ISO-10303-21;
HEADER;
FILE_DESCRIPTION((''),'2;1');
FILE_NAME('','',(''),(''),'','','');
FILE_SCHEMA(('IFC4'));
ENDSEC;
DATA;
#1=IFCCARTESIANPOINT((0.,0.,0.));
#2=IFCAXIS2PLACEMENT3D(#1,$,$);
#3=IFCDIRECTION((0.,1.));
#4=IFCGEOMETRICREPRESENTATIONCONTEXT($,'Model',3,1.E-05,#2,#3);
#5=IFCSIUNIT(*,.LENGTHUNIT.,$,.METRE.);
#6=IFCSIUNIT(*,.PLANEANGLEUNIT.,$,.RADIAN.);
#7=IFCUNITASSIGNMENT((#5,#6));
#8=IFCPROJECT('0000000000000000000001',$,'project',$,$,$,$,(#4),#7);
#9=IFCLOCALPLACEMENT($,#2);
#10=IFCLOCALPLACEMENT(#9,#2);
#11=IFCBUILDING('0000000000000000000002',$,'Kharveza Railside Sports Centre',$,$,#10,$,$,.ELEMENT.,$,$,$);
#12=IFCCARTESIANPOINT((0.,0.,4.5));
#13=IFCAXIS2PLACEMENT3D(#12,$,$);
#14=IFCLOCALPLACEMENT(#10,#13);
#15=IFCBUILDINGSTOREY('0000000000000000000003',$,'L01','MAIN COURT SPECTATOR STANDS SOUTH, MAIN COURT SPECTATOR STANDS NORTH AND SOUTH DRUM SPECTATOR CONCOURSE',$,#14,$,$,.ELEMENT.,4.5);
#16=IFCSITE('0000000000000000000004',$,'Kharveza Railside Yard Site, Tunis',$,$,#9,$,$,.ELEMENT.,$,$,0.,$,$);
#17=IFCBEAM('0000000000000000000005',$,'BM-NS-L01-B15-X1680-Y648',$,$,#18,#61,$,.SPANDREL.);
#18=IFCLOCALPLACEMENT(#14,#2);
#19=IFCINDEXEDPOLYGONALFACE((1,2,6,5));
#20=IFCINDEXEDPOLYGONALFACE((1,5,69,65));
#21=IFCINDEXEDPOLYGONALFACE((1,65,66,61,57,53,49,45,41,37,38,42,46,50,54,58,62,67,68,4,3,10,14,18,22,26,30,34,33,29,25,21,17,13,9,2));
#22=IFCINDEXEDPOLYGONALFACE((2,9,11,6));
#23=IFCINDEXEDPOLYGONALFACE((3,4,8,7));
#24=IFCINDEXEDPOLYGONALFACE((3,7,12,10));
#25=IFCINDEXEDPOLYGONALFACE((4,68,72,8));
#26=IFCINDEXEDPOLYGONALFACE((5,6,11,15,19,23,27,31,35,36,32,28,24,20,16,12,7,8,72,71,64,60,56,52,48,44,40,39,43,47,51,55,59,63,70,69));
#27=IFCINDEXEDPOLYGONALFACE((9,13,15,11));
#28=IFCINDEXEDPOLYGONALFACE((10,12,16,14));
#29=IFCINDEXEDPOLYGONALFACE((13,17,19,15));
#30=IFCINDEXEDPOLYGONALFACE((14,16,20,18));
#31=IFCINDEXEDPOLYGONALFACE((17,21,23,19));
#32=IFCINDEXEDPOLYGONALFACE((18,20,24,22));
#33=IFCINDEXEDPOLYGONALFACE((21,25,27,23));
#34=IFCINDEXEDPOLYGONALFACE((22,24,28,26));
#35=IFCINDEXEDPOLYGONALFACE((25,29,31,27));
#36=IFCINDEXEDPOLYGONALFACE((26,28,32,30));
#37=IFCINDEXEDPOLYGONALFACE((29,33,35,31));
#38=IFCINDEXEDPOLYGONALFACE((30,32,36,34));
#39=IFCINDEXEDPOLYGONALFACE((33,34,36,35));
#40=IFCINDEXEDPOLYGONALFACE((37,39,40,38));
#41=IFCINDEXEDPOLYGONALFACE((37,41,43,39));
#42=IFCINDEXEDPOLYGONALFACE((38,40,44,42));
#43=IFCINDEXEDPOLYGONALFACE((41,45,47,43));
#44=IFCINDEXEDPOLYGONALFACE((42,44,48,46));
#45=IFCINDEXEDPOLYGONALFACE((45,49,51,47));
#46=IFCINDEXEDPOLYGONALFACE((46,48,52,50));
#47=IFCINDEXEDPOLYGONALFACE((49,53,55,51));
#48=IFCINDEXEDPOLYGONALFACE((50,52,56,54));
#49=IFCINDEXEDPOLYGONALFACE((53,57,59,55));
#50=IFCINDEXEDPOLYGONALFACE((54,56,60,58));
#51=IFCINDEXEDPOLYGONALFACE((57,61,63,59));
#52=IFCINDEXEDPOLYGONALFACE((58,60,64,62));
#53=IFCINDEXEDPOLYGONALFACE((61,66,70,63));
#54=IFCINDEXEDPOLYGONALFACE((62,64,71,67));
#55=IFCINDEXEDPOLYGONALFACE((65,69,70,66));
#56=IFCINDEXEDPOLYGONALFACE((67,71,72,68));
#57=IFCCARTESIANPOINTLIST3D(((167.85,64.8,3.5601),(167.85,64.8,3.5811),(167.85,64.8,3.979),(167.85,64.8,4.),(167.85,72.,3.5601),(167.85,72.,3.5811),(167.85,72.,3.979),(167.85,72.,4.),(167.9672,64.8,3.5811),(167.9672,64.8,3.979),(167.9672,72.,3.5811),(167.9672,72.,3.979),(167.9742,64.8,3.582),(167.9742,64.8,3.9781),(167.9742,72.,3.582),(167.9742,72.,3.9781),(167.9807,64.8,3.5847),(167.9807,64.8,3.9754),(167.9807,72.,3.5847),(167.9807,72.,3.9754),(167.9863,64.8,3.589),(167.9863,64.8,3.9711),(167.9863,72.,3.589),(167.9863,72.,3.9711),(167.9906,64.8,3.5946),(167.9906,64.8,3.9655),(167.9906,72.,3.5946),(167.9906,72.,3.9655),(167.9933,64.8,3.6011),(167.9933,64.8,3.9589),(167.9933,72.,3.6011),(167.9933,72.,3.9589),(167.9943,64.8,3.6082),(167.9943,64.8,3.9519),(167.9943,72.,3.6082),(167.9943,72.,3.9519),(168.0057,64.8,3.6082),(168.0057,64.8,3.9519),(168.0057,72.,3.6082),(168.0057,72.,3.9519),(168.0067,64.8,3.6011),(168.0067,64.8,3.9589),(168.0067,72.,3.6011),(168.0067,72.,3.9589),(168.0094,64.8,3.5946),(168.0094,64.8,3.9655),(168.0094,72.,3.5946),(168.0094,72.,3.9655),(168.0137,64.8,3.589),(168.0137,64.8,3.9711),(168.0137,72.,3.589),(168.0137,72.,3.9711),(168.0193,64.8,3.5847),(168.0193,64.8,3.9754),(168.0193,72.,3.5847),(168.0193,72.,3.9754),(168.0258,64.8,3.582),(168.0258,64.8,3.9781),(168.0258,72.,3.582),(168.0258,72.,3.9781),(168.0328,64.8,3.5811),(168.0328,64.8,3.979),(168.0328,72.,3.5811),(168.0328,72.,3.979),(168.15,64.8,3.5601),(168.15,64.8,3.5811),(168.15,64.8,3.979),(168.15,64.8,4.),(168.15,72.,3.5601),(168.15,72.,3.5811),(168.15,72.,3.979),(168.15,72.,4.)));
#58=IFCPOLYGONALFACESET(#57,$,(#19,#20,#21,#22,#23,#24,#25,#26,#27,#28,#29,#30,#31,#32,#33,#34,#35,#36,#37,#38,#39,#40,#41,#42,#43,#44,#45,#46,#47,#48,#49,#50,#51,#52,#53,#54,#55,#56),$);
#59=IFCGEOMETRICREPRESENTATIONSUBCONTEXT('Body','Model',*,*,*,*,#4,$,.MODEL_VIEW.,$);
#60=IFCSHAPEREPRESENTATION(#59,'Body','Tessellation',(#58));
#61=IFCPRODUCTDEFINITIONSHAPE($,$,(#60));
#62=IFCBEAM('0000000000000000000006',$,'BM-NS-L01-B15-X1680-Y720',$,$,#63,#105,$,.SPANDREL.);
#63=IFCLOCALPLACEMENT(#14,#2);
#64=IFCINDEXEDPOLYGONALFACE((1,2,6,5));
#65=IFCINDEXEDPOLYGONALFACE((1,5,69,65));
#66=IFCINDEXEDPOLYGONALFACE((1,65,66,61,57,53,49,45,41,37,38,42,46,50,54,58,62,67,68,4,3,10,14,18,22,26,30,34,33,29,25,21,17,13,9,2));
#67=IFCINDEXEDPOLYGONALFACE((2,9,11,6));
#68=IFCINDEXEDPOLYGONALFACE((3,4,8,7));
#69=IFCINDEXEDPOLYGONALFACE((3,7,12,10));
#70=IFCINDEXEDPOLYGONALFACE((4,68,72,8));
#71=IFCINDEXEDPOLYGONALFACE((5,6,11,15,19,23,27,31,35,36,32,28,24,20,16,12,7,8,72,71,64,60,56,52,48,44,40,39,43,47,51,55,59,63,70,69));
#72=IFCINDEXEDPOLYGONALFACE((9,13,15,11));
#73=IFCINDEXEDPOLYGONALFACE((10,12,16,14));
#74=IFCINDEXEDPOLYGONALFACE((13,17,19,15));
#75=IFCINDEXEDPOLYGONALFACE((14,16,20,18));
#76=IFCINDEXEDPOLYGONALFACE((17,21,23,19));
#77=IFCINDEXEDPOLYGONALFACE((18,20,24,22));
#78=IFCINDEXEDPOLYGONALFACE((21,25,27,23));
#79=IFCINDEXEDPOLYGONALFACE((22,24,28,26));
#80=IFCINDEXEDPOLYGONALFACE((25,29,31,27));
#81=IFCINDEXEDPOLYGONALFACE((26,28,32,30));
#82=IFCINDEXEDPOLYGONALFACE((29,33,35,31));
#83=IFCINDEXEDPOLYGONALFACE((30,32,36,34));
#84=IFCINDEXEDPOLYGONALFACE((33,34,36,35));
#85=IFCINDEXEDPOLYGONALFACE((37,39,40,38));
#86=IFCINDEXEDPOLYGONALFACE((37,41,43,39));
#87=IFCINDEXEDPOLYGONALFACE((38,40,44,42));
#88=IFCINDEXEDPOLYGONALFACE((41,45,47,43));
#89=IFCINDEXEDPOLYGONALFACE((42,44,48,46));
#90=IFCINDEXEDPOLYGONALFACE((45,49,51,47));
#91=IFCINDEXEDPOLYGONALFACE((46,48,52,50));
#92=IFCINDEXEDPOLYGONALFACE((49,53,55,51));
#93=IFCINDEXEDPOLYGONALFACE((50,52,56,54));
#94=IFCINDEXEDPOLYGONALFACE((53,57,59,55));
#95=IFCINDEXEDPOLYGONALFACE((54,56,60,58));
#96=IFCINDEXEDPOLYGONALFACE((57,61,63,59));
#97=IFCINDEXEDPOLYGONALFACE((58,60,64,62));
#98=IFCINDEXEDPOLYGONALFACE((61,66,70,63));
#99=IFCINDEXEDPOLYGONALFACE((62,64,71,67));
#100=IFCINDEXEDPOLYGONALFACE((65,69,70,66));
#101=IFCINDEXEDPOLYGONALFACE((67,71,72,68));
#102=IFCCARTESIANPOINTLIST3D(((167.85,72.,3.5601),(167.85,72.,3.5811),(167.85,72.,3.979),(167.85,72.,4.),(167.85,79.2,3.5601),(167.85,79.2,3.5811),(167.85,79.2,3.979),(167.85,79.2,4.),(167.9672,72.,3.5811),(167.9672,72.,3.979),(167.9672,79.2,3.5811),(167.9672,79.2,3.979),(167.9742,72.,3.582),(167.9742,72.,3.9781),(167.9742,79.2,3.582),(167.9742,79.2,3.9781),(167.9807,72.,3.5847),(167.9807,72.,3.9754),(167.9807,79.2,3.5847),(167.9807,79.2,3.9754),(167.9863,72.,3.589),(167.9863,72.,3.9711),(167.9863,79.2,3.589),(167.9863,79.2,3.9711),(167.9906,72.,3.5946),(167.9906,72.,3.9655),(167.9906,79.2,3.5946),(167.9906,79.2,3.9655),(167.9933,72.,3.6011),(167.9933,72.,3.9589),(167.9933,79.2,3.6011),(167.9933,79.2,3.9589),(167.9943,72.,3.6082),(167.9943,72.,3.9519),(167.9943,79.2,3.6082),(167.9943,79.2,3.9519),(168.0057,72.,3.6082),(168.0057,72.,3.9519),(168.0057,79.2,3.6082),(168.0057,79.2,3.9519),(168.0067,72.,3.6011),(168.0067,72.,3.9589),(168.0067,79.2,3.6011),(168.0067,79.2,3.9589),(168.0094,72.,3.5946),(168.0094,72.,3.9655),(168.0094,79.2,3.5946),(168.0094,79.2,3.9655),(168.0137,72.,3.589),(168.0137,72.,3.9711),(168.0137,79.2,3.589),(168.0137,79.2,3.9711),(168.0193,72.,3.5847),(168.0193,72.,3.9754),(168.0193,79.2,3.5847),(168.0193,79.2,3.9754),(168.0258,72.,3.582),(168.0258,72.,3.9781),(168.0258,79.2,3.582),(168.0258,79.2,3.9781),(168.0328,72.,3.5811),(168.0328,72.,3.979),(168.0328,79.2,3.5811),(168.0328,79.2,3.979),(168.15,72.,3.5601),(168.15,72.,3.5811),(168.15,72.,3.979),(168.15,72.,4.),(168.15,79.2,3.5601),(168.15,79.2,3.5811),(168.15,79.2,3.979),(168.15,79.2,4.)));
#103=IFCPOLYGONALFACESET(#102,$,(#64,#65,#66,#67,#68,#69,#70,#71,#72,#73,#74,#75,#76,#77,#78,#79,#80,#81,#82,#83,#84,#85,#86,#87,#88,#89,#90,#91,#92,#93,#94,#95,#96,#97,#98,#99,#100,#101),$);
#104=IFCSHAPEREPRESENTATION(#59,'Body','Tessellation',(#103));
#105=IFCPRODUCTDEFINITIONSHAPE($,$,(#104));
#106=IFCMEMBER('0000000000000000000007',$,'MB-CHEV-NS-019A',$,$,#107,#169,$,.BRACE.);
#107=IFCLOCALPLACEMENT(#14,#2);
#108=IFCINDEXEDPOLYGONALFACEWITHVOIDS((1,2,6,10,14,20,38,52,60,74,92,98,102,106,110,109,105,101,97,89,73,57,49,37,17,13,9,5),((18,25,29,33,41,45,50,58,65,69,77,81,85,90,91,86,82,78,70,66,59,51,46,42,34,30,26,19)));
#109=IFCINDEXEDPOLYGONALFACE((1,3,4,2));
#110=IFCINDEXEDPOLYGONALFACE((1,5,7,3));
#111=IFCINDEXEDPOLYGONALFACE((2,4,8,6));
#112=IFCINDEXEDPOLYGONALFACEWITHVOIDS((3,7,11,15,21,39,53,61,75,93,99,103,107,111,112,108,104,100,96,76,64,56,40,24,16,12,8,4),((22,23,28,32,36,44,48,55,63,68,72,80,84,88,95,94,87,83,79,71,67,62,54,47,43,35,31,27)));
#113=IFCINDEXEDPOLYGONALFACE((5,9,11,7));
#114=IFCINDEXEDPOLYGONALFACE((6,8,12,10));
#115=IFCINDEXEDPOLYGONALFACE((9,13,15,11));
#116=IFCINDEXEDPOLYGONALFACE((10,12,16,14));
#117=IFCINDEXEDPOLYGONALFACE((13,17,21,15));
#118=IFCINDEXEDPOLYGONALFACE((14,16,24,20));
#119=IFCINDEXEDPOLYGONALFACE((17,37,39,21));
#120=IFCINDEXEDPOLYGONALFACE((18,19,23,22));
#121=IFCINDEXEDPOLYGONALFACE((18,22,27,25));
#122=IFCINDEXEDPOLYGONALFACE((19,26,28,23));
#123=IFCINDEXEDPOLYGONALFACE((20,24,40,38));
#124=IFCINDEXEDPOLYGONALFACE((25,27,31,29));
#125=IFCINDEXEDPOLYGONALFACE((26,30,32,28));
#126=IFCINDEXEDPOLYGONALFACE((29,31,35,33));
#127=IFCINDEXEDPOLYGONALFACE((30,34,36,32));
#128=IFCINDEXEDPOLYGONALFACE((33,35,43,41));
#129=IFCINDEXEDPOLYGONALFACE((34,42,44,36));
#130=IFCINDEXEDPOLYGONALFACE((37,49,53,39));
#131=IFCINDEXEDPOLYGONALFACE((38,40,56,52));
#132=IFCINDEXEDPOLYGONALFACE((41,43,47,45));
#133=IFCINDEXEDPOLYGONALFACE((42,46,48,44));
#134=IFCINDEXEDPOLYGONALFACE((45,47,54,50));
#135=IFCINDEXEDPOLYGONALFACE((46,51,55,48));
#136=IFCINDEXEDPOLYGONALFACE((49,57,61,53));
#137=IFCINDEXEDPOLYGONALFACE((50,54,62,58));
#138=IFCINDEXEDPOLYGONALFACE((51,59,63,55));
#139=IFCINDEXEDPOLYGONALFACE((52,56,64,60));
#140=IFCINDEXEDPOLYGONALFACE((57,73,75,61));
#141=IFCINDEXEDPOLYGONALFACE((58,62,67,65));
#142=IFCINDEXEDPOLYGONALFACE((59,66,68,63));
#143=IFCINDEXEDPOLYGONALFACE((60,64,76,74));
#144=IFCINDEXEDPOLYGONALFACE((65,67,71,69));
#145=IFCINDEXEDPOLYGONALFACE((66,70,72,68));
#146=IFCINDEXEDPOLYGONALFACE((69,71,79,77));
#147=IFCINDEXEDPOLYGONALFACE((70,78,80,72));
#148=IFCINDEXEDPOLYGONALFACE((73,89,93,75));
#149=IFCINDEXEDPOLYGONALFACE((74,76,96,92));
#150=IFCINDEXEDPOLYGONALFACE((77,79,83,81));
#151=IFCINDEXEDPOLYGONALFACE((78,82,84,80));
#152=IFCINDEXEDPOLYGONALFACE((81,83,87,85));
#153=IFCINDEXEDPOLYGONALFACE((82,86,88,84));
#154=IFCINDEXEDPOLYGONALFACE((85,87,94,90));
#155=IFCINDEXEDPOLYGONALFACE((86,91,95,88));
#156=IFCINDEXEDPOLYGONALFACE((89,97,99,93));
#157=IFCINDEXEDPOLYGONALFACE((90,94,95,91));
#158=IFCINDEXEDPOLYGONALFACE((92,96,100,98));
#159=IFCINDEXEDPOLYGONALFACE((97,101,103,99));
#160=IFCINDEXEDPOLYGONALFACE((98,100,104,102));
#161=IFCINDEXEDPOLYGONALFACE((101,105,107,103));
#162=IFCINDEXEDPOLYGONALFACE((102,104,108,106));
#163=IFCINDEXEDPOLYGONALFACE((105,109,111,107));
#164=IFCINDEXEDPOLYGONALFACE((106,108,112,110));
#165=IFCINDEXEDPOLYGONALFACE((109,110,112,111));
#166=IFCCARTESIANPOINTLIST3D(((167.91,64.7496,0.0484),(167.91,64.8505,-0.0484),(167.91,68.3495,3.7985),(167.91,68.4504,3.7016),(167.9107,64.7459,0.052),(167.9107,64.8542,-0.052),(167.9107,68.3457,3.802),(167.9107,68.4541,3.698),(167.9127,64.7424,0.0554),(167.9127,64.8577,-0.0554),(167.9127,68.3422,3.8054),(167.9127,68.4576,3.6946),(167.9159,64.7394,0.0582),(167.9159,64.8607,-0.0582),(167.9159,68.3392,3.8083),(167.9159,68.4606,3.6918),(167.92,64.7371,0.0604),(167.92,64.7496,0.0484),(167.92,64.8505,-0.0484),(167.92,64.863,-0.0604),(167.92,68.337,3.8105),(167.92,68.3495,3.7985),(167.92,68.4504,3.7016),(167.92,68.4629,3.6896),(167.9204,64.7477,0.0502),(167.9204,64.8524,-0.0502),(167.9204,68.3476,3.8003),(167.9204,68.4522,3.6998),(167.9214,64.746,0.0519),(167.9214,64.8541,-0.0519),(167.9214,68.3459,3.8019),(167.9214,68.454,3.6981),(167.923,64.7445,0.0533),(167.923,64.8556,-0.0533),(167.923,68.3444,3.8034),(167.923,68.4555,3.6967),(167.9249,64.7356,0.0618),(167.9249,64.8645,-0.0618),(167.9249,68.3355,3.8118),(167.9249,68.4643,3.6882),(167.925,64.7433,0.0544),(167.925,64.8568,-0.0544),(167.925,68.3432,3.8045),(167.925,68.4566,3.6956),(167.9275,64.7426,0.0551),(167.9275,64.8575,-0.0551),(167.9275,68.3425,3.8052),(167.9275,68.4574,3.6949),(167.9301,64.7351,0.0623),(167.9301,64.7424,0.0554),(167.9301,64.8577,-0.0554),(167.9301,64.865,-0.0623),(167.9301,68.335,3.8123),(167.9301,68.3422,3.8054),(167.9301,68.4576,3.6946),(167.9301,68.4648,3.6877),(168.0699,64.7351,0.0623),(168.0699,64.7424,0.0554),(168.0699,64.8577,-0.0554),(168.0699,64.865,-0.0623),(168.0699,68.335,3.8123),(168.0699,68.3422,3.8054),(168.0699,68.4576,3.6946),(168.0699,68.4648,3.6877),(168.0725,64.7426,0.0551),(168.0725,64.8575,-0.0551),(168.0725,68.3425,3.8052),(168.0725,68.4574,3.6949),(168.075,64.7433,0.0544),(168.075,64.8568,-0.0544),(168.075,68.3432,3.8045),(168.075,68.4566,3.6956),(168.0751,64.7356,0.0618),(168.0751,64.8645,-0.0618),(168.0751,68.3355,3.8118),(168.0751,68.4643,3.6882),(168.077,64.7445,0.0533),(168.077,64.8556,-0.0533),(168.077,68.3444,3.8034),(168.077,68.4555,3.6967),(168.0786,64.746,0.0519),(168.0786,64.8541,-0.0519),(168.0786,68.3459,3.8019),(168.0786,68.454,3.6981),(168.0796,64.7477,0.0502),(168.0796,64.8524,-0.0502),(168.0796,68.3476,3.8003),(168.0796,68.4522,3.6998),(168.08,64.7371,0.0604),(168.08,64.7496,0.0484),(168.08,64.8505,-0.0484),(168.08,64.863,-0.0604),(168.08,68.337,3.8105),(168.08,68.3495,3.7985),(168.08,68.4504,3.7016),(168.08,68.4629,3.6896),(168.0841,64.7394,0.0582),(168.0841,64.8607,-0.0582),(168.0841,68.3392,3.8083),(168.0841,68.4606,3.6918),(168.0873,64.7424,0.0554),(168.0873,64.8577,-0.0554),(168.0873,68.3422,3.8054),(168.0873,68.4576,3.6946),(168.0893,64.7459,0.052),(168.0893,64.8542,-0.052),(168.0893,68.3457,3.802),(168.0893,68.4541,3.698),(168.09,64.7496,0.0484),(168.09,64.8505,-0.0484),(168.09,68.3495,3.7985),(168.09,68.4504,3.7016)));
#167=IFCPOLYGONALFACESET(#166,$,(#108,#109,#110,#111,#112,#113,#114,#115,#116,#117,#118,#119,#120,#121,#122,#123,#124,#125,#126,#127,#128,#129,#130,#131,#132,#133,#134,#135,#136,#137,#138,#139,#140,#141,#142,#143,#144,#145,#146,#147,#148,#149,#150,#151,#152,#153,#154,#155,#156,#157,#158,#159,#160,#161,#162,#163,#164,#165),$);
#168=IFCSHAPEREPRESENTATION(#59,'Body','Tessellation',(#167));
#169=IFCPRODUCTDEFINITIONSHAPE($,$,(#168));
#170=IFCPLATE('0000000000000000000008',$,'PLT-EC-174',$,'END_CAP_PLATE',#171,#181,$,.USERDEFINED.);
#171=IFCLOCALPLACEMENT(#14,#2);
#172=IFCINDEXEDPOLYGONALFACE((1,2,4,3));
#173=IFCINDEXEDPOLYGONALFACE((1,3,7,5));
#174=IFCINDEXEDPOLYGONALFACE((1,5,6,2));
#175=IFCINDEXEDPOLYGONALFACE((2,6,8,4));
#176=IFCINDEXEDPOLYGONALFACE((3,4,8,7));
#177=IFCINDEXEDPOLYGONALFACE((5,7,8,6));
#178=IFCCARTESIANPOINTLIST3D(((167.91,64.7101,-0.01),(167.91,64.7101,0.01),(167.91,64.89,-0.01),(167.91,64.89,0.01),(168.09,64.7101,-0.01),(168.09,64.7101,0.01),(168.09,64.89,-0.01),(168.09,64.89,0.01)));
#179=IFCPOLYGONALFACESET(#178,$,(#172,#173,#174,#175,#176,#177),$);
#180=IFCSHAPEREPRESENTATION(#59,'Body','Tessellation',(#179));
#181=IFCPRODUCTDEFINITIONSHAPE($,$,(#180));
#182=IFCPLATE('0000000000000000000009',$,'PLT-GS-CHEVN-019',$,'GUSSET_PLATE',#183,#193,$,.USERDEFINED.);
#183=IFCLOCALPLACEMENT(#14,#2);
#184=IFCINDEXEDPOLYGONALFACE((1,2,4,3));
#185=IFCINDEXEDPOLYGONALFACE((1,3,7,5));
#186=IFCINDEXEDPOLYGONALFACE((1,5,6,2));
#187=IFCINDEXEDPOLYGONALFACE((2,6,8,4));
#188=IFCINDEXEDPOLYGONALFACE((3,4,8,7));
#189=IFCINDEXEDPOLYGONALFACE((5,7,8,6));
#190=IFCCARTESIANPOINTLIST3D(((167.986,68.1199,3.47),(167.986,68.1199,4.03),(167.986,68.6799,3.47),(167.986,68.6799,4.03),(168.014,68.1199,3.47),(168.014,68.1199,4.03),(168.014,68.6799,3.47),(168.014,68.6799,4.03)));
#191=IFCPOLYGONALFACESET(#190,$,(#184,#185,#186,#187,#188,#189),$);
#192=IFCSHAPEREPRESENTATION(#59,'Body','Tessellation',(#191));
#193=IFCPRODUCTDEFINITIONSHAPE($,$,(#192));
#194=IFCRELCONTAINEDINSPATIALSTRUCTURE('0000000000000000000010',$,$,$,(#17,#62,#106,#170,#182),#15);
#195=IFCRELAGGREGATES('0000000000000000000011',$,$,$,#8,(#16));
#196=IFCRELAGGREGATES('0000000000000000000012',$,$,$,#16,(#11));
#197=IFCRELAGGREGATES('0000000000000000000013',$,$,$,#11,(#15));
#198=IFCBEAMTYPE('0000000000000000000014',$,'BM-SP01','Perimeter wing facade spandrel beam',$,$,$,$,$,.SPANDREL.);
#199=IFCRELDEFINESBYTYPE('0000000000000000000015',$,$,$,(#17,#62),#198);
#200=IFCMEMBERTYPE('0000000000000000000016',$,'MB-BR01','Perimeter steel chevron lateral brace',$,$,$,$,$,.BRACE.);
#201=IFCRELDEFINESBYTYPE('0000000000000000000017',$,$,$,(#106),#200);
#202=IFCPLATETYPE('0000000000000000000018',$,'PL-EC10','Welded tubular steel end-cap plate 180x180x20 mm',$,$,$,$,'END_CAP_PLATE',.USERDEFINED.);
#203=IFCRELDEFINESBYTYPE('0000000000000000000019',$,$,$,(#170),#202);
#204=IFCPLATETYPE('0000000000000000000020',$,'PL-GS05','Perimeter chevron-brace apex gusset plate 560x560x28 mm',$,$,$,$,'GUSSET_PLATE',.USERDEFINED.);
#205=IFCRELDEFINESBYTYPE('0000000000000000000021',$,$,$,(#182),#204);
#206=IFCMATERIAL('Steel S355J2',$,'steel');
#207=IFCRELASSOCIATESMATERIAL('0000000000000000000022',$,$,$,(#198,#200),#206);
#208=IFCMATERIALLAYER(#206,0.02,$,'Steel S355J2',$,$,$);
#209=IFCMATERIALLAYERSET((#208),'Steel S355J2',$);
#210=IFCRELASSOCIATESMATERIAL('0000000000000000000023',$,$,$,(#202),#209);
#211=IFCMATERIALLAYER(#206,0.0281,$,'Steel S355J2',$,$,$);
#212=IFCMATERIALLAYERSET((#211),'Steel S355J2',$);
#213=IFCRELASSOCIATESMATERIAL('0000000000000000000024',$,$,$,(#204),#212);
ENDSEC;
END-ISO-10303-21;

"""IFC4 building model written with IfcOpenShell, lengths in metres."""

from ifc_helpers import new_model, si_unit, direction, frame, origin, origin_2d, place, context, subcontext, project, spatial, rectangle, hollow_rectangle, i_section, extrude, material, layer, layer_set, material_profile, profile_set, type_object, element, save


model = new_model("IFC4")

# Units and contexts
model_context = context("Model", 3, precision=1e-05, world=origin(), true_north=direction((0.0, 1.0)))
body_context = subcontext(model_context, "Body", "Model", "MODEL_VIEW")
ifc_project = project(units=[si_unit("LENGTHUNIT", "METRE"), si_unit("PLANEANGLEUNIT", "RADIAN")], contexts=[model_context])

# Site, building, storey
site_placement = place(None, origin())
site = spatial("IfcSite", under=ifc_project, at=site_placement, Name="Kharveza Railside Yard Site, Tunis", CompositionType="ELEMENT", RefElevation=0.0)
building_placement = place(site_placement, origin())
building = spatial("IfcBuilding", under=site, at=building_placement, Name="Kharveza Railside Sports Centre", CompositionType="ELEMENT")
storey_placement = place(building_placement, frame((0.0, 0.0, 4.5)))
storey = spatial("IfcBuildingStorey", under=building, at=storey_placement, Name="L01", Description="MAIN COURT SPECTATOR STANDS SOUTH, MAIN COURT SPECTATOR STANDS NORTH AND SOUTH DRUM SPECTATOR CONCOURSE", CompositionType="ELEMENT", Elevation=4.5)

# Shared definitions
ifc_material_1 = material(Name="Steel S355J2", Category="steel")

# Beams
ifc_material_profile_1 = material_profile(ifc_material_1, i_section(OverallWidth=0.3, OverallDepth=0.4399, WebThickness=0.0115, FlangeThickness=0.021, FilletRadius=0.0271, at=origin_2d()), Name="HEA 450")
ifc_profile_set_1 = profile_set([ifc_material_profile_1], Name="Steel S355J2")
beam_type_1 = type_object("IfcBeamType", Name="BM-SP01", Description="Perimeter wing facade spandrel beam", PredefinedType="SPANDREL", material=ifc_profile_set_1)
for number, where, z_axis, x_axis, name in (
    (1, (168.0, 64.8, 3.78), (0.0, 1.0, 0.0), (-1.0, 0.0, 0.0), "BM-NS-L01-B15-X1680-Y648"),
    (2, (168.0, 72.0, 3.78), (0.0, 1.0, 0.0), (-1.0, 0.0, 0.0), "BM-NS-L01-B15-X1680-Y720"),
):
    element("IfcBeam", number, at=place(storey_placement, frame(where, z_axis=z_axis, x_axis=x_axis)), inside=storey, type_object=beam_type_1, Name=name, PredefinedType="SPANDREL", context=body_context, shape_type="SweptSolid", body=[
        extrude(i_section(OverallWidth=0.3, OverallDepth=0.4399, WebThickness=0.0115, FlangeThickness=0.021, FilletRadius=0.0271, at=origin_2d()), origin(), (0.0, 0.0, 1.0), 7.2),
    ])

# Member
ifc_material_profile_2 = material_profile(ifc_material_1, hollow_rectangle(XDim=0.1799, YDim=0.1799, WallThickness=0.01, InnerFilletRadius=0.01, OuterFilletRadius=0.02, at=origin_2d()), Name="SHS 180x180x10.0")
ifc_profile_set_2 = profile_set([ifc_material_profile_2], Name="Steel S355J2")
member_type = type_object("IfcMemberType", Name="MB-BR01", Description="Perimeter steel chevron lateral brace", PredefinedType="BRACE", material=ifc_profile_set_2)
member_placement = place(storey_placement, frame((168.0, 64.8, 0.0), z_axis=(0.0, 0.692517, 0.721401), x_axis=(-1.0, 0.0, 0.0)))
element("IfcMember", 3, at=member_placement, inside=storey, type_object=member_type, Name="MB-CHEV-NS-019A", PredefinedType="BRACE", context=body_context, shape_type="SweptSolid", body=[
    extrude(hollow_rectangle(XDim=0.1799, YDim=0.1799, WallThickness=0.01, InnerFilletRadius=0.01, OuterFilletRadius=0.02, at=origin_2d()), origin(), (0.0, 0.0, 1.0), 5.1982),
])

# Plates
ifc_layer_1 = layer(ifc_material_1, 0.02, Name="Steel S355J2")
ifc_layer_set_1 = layer_set([ifc_layer_1], Name="Steel S355J2")
plate_type_1 = type_object("IfcPlateType", Name="PL-EC10", Description="Welded tubular steel end-cap plate 180x180x20 mm", ElementType="END_CAP_PLATE", PredefinedType="USERDEFINED", material=ifc_layer_set_1)
plate_1_placement = place(storey_placement, frame((168.0, 64.8, -0.01), z_axis=(0.0, 0.0, 1.0), x_axis=(1.0, 0.0, 0.0)))
element("IfcPlate", 4, at=plate_1_placement, inside=storey, type_object=plate_type_1, Name="PLT-EC-174", ObjectType="END_CAP_PLATE", PredefinedType="USERDEFINED", context=body_context, shape_type="SweptSolid", body=[
    extrude(rectangle(XDim=0.1799, YDim=0.1799, at=origin_2d()), origin(), (0.0, 0.0, 1.0), 0.02),
])
ifc_layer_2 = layer(ifc_material_1, 0.0281, Name="Steel S355J2")
ifc_layer_set_2 = layer_set([ifc_layer_2], Name="Steel S355J2")
plate_type_2 = type_object("IfcPlateType", Name="PL-GS05", Description="Perimeter chevron-brace apex gusset plate 560x560x28 mm", ElementType="GUSSET_PLATE", PredefinedType="USERDEFINED", material=ifc_layer_set_2)
plate_2_placement = place(storey_placement, frame((168.0, 68.3999, 3.47), z_axis=(0.0, 0.0, 1.0), x_axis=(1.0, 0.0, 0.0)))
element("IfcPlate", 5, at=plate_2_placement, inside=storey, type_object=plate_type_2, Name="PLT-GS-CHEVN-019", ObjectType="GUSSET_PLATE", PredefinedType="USERDEFINED", context=body_context, shape_type="SweptSolid", body=[
    extrude(rectangle(XDim=0.0281, YDim=0.5601, at=origin_2d()), origin(), (0.0, 0.0, 1.0), 0.5601),
])

save(model, "model.ifc")
